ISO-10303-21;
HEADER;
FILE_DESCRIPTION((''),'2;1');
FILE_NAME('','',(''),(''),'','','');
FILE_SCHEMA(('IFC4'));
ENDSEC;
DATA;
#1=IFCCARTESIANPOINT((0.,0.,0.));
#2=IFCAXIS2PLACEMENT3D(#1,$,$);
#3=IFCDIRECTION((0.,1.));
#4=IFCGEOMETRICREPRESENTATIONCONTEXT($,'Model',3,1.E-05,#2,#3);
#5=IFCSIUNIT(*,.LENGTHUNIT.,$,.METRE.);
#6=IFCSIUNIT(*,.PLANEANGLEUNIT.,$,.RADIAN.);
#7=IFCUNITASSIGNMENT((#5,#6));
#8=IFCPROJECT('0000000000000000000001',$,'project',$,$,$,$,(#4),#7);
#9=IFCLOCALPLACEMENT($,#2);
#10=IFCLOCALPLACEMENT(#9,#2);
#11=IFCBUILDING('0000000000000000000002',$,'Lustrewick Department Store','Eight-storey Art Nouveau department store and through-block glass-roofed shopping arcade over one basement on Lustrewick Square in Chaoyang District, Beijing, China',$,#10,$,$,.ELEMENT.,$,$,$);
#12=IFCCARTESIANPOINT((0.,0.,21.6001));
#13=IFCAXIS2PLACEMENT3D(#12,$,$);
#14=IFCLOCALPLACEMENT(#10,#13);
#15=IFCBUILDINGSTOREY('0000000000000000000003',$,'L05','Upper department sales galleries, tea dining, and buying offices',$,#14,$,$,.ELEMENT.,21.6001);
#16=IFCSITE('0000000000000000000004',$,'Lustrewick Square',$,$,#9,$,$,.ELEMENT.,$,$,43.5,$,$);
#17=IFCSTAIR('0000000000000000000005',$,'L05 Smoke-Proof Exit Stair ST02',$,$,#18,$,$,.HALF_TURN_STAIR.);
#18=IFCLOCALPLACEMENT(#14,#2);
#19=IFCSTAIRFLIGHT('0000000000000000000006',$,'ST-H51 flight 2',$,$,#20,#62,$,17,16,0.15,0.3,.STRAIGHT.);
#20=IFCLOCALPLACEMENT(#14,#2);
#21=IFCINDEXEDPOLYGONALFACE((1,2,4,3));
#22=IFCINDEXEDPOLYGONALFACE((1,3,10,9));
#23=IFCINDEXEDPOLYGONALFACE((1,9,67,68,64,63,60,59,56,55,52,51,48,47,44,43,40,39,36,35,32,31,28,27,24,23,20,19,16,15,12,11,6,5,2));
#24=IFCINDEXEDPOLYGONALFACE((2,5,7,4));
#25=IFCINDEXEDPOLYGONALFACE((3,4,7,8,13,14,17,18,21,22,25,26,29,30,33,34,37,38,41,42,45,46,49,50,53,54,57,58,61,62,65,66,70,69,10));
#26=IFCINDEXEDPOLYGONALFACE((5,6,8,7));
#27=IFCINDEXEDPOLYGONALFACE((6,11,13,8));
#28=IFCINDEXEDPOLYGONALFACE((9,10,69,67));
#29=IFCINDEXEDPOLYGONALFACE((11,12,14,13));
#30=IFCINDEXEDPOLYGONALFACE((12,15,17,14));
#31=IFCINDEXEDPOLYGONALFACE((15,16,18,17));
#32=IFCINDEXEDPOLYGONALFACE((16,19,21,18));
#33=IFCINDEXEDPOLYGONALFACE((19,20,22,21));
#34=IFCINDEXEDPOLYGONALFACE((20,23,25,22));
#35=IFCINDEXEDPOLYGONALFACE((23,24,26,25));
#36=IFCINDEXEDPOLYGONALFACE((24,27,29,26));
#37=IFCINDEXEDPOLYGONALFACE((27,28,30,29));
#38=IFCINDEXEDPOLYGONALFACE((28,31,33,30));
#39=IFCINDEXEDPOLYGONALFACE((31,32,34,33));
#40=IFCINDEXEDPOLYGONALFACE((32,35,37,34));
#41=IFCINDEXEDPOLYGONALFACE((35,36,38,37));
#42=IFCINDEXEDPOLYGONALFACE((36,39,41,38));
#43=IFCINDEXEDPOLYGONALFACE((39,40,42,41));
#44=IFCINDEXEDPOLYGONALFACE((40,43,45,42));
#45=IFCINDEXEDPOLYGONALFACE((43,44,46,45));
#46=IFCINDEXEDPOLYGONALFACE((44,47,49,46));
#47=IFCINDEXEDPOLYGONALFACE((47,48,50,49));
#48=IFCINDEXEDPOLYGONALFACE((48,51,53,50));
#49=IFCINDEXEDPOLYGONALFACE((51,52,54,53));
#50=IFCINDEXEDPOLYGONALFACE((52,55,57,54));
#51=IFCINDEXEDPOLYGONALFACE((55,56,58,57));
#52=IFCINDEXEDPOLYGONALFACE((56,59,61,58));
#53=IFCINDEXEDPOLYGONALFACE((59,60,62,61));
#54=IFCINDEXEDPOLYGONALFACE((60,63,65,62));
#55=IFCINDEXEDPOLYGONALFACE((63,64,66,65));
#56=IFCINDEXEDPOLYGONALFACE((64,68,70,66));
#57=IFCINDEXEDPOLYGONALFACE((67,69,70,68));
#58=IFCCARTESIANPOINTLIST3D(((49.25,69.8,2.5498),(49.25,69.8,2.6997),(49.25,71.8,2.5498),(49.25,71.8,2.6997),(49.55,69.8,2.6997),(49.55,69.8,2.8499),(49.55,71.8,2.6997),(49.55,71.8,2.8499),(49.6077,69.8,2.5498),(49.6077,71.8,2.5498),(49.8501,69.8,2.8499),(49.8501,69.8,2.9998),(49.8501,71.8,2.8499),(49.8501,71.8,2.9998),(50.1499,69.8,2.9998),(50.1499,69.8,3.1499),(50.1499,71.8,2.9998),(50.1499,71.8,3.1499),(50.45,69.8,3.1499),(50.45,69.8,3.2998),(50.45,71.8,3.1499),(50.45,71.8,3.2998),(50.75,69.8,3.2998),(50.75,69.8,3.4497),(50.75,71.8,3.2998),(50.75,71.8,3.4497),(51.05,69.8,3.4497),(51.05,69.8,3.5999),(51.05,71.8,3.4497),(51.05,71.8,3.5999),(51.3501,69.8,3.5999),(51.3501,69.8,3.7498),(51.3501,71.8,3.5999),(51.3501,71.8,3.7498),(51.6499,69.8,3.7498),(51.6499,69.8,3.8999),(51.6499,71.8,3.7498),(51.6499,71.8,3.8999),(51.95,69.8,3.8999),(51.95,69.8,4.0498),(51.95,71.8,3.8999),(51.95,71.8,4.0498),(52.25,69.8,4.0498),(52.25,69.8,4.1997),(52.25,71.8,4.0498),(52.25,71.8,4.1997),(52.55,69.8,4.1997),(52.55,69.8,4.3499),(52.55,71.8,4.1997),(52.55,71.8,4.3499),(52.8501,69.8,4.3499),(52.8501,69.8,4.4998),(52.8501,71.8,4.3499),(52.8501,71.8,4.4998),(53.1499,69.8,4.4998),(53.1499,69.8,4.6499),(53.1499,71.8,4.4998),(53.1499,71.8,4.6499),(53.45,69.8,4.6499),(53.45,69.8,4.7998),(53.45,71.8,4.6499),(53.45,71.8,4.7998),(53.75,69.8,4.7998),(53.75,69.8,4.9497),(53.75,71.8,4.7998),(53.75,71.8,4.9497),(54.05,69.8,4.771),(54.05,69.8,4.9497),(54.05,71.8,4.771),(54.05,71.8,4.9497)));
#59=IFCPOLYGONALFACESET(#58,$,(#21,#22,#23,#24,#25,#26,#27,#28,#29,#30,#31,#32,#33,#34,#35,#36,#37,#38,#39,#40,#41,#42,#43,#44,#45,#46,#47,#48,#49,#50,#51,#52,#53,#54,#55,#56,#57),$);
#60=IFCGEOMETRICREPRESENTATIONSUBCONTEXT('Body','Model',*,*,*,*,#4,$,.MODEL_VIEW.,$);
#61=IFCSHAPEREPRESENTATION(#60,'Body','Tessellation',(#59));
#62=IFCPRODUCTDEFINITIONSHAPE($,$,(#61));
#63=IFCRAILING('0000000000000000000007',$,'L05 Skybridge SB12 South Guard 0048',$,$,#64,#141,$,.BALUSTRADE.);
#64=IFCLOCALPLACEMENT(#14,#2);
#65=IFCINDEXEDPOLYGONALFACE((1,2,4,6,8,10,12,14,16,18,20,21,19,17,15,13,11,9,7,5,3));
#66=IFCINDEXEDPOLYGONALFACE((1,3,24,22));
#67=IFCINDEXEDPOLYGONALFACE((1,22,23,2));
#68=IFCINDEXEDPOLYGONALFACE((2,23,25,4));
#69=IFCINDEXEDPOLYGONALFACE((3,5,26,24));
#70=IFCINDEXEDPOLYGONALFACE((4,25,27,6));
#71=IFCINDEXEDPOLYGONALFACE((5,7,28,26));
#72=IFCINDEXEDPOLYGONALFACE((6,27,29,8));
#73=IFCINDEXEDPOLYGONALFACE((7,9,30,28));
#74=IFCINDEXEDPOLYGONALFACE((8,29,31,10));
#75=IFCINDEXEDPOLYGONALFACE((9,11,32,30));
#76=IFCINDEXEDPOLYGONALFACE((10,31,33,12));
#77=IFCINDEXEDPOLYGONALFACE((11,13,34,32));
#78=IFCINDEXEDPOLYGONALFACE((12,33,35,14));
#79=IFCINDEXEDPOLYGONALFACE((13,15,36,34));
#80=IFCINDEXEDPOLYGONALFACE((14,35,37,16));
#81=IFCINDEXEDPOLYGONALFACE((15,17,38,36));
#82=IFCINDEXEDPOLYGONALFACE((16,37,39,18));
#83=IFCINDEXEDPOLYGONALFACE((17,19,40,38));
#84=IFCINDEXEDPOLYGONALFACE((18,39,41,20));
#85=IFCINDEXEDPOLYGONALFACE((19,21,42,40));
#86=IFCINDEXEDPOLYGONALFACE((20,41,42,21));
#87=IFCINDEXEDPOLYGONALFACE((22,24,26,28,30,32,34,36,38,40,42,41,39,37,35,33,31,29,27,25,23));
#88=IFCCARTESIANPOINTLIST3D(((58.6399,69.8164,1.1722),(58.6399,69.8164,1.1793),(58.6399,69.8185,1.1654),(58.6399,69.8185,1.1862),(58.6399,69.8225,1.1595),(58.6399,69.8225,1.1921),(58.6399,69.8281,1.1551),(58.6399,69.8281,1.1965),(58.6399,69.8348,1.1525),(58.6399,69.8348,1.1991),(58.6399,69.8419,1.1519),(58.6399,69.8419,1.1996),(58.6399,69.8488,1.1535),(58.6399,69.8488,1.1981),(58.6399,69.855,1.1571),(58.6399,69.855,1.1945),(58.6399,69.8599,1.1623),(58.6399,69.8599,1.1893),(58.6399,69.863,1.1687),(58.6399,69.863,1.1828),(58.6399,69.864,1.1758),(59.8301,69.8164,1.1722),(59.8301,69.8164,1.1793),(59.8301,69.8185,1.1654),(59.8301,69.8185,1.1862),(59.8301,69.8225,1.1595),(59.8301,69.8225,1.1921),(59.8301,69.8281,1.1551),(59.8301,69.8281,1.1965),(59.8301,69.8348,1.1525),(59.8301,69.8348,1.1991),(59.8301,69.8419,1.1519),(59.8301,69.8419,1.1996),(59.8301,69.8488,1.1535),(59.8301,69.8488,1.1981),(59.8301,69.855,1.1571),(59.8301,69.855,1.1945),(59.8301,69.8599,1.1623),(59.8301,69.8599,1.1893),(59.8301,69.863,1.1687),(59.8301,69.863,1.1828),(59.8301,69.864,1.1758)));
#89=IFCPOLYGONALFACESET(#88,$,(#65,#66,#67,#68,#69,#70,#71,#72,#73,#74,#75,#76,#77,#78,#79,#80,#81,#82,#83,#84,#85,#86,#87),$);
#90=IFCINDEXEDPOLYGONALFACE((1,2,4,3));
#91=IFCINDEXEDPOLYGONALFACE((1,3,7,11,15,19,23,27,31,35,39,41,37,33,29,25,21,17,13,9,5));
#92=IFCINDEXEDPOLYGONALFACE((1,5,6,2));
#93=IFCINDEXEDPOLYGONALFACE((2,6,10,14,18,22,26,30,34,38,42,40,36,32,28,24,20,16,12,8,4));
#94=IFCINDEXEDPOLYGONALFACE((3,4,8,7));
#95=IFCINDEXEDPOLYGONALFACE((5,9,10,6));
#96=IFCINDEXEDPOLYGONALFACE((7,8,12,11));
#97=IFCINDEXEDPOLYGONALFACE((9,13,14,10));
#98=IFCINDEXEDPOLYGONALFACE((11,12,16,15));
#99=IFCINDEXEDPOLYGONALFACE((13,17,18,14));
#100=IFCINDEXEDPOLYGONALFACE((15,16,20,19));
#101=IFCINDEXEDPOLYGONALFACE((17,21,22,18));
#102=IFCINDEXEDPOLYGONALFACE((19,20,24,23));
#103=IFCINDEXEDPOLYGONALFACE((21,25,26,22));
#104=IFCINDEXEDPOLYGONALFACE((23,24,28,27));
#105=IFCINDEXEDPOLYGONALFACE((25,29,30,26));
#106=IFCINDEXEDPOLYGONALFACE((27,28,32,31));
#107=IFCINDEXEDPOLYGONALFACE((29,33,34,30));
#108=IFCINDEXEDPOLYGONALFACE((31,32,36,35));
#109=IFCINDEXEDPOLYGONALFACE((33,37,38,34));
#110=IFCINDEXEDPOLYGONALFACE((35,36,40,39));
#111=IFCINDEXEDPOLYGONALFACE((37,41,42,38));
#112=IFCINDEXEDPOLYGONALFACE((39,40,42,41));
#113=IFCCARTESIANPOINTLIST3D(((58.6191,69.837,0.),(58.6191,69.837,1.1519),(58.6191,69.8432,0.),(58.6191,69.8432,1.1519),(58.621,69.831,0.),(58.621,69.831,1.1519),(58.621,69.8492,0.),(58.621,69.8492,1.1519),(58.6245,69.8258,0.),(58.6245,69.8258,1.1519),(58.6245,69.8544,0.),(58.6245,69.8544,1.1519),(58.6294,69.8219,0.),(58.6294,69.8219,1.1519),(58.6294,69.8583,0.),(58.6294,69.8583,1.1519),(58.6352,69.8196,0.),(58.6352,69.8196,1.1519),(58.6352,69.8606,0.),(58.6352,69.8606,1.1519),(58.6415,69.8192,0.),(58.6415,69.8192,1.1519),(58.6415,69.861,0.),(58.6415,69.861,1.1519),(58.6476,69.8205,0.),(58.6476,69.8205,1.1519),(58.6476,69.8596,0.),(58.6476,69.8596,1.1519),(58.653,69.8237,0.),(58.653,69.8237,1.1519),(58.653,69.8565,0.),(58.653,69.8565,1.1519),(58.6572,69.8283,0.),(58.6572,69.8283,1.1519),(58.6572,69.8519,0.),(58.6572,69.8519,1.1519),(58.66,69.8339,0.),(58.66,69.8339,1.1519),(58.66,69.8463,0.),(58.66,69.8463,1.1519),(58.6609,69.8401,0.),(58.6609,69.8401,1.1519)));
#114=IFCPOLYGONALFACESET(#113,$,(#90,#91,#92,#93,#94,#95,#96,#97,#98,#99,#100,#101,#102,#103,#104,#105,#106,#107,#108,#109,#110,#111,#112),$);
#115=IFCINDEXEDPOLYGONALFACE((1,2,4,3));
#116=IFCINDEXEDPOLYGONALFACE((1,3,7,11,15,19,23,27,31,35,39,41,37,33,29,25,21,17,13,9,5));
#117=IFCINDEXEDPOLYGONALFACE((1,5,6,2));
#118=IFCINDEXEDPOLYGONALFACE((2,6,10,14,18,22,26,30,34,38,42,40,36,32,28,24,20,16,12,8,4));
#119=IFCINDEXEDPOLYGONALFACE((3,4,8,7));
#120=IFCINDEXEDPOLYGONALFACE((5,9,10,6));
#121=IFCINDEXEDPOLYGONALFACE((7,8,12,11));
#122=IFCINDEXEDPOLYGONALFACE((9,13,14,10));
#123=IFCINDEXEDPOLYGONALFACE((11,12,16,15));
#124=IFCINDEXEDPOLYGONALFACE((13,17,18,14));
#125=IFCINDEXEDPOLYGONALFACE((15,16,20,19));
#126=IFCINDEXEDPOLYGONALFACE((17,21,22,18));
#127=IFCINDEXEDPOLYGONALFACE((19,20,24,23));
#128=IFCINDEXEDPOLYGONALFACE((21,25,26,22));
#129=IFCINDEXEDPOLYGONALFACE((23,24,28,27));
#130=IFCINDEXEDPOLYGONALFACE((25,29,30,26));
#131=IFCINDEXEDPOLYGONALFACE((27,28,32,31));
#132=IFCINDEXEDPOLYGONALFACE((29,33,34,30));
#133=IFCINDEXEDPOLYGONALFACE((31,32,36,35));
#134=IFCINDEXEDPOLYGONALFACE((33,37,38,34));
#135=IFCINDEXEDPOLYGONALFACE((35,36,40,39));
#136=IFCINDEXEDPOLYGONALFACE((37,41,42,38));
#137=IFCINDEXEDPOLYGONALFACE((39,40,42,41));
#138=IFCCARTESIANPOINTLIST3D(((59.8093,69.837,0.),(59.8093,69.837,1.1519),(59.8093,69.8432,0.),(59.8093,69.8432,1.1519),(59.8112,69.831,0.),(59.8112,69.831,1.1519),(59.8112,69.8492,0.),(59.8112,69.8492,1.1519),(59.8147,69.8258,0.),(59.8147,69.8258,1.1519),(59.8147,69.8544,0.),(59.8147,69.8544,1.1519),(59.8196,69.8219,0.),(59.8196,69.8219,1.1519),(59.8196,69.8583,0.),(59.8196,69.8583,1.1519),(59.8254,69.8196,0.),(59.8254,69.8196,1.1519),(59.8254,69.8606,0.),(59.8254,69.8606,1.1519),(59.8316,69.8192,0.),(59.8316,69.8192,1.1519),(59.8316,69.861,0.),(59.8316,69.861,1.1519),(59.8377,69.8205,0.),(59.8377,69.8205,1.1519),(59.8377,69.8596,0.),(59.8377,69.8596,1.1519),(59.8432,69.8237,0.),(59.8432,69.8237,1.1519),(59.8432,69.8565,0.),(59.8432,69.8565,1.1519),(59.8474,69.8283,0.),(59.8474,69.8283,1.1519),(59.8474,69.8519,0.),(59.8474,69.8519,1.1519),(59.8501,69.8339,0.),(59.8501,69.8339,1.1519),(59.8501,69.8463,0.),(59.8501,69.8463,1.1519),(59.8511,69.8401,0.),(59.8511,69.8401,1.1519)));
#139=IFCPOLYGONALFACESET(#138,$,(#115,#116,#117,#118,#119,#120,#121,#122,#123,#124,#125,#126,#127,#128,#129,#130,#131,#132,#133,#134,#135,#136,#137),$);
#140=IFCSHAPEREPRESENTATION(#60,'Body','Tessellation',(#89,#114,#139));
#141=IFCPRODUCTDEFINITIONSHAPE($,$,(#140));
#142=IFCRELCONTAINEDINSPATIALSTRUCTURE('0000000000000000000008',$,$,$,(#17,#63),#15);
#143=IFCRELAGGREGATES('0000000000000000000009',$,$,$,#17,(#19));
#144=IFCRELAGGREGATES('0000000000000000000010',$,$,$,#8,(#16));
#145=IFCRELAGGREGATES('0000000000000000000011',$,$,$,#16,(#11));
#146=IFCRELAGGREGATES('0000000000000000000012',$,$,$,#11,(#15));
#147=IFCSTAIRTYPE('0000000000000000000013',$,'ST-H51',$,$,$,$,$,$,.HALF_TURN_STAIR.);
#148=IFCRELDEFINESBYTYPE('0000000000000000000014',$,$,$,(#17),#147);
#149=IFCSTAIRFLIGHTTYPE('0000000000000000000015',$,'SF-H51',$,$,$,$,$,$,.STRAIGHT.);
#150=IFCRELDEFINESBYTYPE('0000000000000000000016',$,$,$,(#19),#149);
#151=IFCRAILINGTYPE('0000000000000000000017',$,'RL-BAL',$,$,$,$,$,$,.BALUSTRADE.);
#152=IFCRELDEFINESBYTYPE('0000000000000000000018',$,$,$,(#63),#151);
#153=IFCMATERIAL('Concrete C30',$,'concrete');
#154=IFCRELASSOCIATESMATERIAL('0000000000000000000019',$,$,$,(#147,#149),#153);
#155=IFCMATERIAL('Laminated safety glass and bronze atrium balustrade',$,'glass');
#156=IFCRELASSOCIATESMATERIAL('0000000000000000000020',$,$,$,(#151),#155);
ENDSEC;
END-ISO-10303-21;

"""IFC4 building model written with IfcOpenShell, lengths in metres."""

from ifc_helpers import new_model, si_unit, direction, frame, origin, origin_2d, place, context, subcontext, project, spatial, polyline, circle, outline, extrude, material, type_object, element, aggregate, save


model = new_model("IFC4")

# Units and contexts
model_context = context("Model", 3, precision=1e-05, world=origin(), true_north=direction((0.0, 1.0)))
body_context = subcontext(model_context, "Body", "Model", "MODEL_VIEW")
ifc_project = project(units=[si_unit("LENGTHUNIT", "METRE"), si_unit("PLANEANGLEUNIT", "RADIAN")], contexts=[model_context])

# Site, building, storey
site_placement = place(None, origin())
site = spatial("IfcSite", under=ifc_project, at=site_placement, Name="Lustrewick Square", CompositionType="ELEMENT", RefElevation=43.5)
building_placement = place(site_placement, origin())
building = spatial("IfcBuilding", under=site, at=building_placement, Name="Lustrewick Department Store", Description="Eight-storey Art Nouveau department store and through-block glass-roofed shopping arcade over one basement on Lustrewick Square in Chaoyang District, Beijing, China", CompositionType="ELEMENT")
storey_placement = place(building_placement, frame((0.0, 0.0, 21.6001)))
storey = spatial("IfcBuildingStorey", under=building, at=storey_placement, Name="L05", Description="Upper department sales galleries, tea dining, and buying offices", CompositionType="ELEMENT", Elevation=21.6001)

# Stair, stair flight
ifc_material_1 = material(Name="Concrete C30", Category="concrete")
stair_type = type_object("IfcStairType", Name="ST-H51", PredefinedType="HALF_TURN_STAIR", material=ifc_material_1)
stair_placement = place(storey_placement, origin())
stair = element("IfcStair", 1, at=stair_placement, inside=storey, type_object=stair_type, Name="L05 Smoke-Proof Exit Stair ST02", PredefinedType="HALF_TURN_STAIR")
stair_flight_type = type_object("IfcStairFlightType", Name="SF-H51", PredefinedType="STRAIGHT", material=ifc_material_1)
stair_flight_placement = place(storey_placement, frame((49.25, 70.8, 2.5498), z_axis=(0.0, 0.0, 1.0), x_axis=(1.0, 0.0, 0.0)))
stair_flight = element("IfcStairFlight", 2, at=stair_flight_placement, type_object=stair_flight_type, Name="ST-H51 flight 2", NumberOfRisers=17, NumberOfTreads=16, PredefinedType="STRAIGHT", RiserHeight=0.15, TreadLength=0.3, context=body_context, shape_type="SweptSolid", body=[
    extrude(outline(polyline([(0.0, 0.0), (0.0, 0.1499), (0.3, 0.1499), (0.3, 0.3), (0.6001, 0.3), (0.6001, 0.45), (0.8999, 0.45), (0.8999, 0.6001), (1.2, 0.6001), (1.2, 0.75), (1.5, 0.75), (1.5, 0.8999), (1.8, 0.8999), (1.8, 1.05), (2.1001, 1.05), (2.1001, 1.2), (2.3999, 1.2), (2.3999, 1.3501), (2.7, 1.3501), (2.7, 1.5), (3.0, 1.5), (3.0, 1.6499), (3.3, 1.6499), (3.3, 1.8), (3.6001, 1.8), (3.6001, 1.95), (3.8999, 1.95), (3.8999, 2.1001), (4.2, 2.1001), (4.2, 2.25), (4.5, 2.25), (4.5, 2.3999), (4.8, 2.3999), (4.8, 2.55), (4.8, 2.2212), (0.3577, 0.0), (0.0, 0.0)])), frame((0.0, 1.0, 0.0), z_axis=(0.0, -1.0, 0.0), x_axis=(1.0, 0.0, 0.0)), (0.0, 0.0, 1.0), 2.0),
])
aggregate(stair, [stair_flight])

# Railing
ifc_material_2 = material(Name="Laminated safety glass and bronze atrium balustrade", Category="glass")
railing_type_1 = type_object("IfcRailingType", Name="RL-BAL", PredefinedType="BALUSTRADE", material=ifc_material_2)
railing_1_placement = place(storey_placement, frame((58.6399, 69.8401, 0.0)))
element("IfcRailing", 3, at=railing_1_placement, inside=storey, type_object=railing_type_1, Name="L05 Skybridge SB12 South Guard 0048", PredefinedType="BALUSTRADE", context=body_context, shape_type="SweptSolid", body=[
    extrude(circle(Radius=0.0239, at=origin_2d()), frame((0.0, 0.0, 1.1758), z_axis=(1.0, 0.0, 0.0), x_axis=(0.0, 1.0, 0.0)), (0.0, 0.0, 1.0), 1.1902),
    extrude(circle(Radius=0.021, at=origin_2d()), origin(), (0.0, 0.0, 1.0), 1.1519),
    extrude(circle(Radius=0.021, at=origin_2d()), frame((1.1902, 0.0, 0.0)), (0.0, 0.0, 1.0), 1.1519),
])

save(model, "model.ifc")
